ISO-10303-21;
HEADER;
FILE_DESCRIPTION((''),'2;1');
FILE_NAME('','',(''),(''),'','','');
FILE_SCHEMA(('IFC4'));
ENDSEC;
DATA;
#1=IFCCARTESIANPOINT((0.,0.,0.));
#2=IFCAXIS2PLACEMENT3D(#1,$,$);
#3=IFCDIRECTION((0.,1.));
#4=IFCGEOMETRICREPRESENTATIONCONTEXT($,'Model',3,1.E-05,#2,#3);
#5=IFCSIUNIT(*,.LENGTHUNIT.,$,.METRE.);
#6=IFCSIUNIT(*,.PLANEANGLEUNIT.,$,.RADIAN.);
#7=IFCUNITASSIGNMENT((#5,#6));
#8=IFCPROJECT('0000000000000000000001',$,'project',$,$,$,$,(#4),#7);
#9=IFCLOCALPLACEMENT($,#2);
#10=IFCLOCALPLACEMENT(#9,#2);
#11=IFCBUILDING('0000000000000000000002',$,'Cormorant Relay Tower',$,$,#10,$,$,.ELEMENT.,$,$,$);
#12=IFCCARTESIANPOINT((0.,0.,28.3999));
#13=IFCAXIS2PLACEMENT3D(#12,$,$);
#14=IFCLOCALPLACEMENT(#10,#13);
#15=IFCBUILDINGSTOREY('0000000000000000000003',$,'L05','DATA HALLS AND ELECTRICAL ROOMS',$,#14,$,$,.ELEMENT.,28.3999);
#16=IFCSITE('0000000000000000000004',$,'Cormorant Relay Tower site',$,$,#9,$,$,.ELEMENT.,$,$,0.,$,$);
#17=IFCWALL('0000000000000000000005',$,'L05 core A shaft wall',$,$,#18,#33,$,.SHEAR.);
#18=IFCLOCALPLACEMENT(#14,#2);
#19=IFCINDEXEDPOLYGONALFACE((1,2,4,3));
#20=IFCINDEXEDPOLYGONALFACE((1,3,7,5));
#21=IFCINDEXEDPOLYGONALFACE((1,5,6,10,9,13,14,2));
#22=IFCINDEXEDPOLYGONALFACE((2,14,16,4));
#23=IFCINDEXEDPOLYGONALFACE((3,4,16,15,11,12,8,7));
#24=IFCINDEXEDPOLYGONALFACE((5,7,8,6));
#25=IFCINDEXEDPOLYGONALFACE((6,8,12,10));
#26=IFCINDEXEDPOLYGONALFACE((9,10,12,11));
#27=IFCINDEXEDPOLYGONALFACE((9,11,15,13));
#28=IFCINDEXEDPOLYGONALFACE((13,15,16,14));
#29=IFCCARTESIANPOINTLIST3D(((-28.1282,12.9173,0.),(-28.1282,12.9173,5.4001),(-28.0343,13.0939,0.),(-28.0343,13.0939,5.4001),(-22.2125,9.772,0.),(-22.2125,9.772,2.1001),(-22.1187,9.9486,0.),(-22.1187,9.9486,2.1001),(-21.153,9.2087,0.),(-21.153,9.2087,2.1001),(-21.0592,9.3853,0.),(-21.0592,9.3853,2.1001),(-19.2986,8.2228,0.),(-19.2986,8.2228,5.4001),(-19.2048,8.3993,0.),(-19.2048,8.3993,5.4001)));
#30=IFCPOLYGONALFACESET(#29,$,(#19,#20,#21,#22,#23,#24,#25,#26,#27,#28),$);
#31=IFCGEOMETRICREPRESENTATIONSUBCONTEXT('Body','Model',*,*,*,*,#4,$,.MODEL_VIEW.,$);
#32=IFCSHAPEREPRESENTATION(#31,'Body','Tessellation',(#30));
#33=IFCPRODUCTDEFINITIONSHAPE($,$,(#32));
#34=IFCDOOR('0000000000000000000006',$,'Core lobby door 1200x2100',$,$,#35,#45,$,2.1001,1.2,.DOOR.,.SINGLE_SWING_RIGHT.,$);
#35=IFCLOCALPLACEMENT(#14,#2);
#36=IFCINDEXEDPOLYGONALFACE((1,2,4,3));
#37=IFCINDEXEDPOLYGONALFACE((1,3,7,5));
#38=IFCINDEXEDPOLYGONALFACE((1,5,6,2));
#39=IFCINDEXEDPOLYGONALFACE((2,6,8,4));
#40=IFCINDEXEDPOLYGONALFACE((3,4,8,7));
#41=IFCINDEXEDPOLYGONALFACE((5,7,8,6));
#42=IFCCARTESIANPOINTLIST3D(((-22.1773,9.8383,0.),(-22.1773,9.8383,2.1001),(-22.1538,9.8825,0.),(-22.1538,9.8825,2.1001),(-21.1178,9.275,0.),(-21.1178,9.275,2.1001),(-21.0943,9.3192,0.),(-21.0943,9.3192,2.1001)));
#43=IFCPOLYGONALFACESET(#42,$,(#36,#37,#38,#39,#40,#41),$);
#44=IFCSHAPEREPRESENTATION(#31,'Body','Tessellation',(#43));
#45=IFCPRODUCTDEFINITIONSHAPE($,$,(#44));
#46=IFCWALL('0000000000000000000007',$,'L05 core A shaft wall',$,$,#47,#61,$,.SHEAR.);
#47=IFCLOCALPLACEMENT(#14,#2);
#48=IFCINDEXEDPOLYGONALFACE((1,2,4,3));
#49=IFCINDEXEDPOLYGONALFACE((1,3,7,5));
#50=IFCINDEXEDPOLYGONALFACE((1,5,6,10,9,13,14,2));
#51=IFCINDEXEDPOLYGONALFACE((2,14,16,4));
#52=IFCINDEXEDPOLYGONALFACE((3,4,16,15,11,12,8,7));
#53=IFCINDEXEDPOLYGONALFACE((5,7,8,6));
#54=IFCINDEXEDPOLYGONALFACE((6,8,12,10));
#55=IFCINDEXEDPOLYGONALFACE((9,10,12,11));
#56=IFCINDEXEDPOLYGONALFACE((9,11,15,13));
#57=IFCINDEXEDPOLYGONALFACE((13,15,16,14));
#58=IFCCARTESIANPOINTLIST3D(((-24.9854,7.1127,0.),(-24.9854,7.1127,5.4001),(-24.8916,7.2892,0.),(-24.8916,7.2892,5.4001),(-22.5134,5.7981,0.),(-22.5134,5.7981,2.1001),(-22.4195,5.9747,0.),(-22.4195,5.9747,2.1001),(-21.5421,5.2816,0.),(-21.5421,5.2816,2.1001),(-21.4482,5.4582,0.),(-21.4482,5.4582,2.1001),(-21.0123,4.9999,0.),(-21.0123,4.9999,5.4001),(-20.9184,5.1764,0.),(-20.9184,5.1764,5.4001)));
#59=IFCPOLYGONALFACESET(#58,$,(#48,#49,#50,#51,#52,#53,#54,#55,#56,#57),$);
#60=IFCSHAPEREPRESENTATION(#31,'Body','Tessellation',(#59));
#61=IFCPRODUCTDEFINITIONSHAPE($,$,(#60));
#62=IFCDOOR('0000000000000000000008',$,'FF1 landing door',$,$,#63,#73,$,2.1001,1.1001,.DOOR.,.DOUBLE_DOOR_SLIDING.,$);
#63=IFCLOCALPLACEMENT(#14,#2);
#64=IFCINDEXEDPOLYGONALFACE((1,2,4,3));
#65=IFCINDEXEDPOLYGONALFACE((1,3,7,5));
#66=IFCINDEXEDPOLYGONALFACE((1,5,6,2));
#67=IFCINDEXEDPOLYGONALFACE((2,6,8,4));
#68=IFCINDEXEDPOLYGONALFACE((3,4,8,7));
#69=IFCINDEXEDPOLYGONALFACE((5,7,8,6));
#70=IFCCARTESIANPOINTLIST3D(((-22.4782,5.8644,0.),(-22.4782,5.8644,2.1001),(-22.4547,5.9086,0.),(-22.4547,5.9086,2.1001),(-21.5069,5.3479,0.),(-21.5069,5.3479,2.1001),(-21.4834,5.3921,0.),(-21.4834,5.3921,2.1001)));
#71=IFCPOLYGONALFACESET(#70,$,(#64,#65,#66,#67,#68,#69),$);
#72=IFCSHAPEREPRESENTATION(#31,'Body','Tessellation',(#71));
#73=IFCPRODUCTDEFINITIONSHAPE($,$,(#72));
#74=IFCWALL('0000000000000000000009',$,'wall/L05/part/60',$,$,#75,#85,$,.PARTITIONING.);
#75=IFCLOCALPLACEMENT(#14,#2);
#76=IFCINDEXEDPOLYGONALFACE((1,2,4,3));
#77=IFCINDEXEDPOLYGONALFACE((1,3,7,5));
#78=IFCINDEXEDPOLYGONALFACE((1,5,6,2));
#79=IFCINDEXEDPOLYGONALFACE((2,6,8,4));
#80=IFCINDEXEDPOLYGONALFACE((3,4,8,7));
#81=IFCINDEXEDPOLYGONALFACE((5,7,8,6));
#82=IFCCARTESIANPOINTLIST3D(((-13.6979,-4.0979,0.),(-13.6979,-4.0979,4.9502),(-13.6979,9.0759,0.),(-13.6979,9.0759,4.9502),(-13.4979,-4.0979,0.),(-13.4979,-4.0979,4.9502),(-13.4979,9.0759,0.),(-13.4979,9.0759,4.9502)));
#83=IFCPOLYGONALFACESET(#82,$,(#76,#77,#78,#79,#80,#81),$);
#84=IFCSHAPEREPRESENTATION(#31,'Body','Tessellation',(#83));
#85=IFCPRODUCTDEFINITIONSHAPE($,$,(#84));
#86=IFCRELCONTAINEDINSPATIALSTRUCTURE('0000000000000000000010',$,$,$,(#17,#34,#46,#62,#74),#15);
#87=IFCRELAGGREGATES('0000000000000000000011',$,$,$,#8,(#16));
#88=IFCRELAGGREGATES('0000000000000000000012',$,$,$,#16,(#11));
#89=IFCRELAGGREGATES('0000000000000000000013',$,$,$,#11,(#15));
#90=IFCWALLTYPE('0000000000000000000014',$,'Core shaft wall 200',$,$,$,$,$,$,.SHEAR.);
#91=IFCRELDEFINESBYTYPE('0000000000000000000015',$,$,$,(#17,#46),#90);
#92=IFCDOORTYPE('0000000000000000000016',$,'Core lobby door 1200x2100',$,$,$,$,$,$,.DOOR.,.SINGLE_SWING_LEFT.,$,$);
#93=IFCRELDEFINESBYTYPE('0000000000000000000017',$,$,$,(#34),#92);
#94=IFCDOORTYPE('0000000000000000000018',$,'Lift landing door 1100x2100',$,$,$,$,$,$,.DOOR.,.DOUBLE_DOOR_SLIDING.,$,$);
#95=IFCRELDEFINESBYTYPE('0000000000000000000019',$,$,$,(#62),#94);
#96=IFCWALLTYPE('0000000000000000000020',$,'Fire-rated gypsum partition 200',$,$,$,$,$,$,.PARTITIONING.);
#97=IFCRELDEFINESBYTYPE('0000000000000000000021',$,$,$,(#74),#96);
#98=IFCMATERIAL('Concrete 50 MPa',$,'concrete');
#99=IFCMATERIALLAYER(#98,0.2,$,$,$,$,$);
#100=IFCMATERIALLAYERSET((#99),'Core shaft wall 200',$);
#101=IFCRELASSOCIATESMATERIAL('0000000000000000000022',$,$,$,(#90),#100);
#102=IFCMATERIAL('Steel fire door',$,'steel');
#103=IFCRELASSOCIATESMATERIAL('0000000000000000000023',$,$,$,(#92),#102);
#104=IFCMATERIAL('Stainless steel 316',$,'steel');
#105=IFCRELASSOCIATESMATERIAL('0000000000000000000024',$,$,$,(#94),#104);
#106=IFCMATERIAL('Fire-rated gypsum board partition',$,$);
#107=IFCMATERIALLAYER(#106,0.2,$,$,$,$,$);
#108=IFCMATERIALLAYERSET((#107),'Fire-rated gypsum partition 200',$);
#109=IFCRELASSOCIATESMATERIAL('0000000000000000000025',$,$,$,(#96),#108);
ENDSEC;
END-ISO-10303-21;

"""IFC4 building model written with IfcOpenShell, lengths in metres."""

from ifc_helpers import new_model, si_unit, direction, frame, frame_2d, origin, place, context, subcontext, project, spatial, rectangle, extrude, material, layer, layer_set, type_object, element, fill, save


model = new_model("IFC4")

# Units and contexts
model_context = context("Model", 3, precision=1e-05, world=origin(), true_north=direction((0.0, 1.0)))
body_context = subcontext(model_context, "Body", "Model", "MODEL_VIEW")
ifc_project = project(units=[si_unit("LENGTHUNIT", "METRE"), si_unit("PLANEANGLEUNIT", "RADIAN")], contexts=[model_context])

# Site, building, storey
site_placement = place(None, origin())
site = spatial("IfcSite", under=ifc_project, at=site_placement, Name="Cormorant Relay Tower site", CompositionType="ELEMENT", RefElevation=0.0)
building_placement = place(site_placement, origin())
building = spatial("IfcBuilding", under=site, at=building_placement, Name="Cormorant Relay Tower", CompositionType="ELEMENT")
storey_placement = place(building_placement, frame((0.0, 0.0, 28.3999)))
storey = spatial("IfcBuildingStorey", under=building, at=storey_placement, Name="L05", Description="DATA HALLS AND ELECTRICAL ROOMS", CompositionType="ELEMENT", Elevation=28.3999)

# Walls, openings, doors
ifc_material_1 = material(Name="Concrete 50 MPa", Category="concrete")
ifc_layer_1 = layer(ifc_material_1, 0.2)
ifc_layer_set_1 = layer_set([ifc_layer_1], Name="Core shaft wall 200")
wall_type_1 = type_object("IfcWallType", Name="Core shaft wall 200", PredefinedType="SHEAR", material=ifc_layer_set_1)
wall_1_placement = place(storey_placement, frame((-19.2517, 8.311, 0.0), z_axis=(0.0, 0.0, 1.0), x_axis=(-0.882956, 0.469456, 0.0)))
wall_1 = element("IfcWall", 1, at=wall_1_placement, inside=storey, type_object=wall_type_1, Name="L05 core A shaft wall", PredefinedType="SHEAR", context=body_context, shape_type="SweptSolid", body=[
    extrude(rectangle(XDim=10.0, YDim=0.2, at=frame_2d((5.0, 0.0))), origin(), (0.0, 0.0, 1.0), 5.4001),
])
opening_1_placement = place(wall_1_placement, frame((2.1001, 0.0, 0.0)))
opening_1 = element("IfcOpeningElement", 2, at=opening_1_placement, cuts=wall_1, PredefinedType="OPENING", context=body_context, shape_type="SweptSolid", body=[
    extrude(rectangle(XDim=1.2, YDim=2.1001, at=frame_2d((0.6001, 1.05))), frame((0.0, 0.1099, 0.0), z_axis=(0.0, -1.0, 0.0), x_axis=(1.0, 0.0, 0.0)), (0.0, 0.0, 1.0), 0.22),
])
ifc_material_2 = material(Name="Steel fire door", Category="steel")
door_type_1 = type_object("IfcDoorType", Name="Core lobby door 1200x2100", OperationType="SINGLE_SWING_LEFT", PredefinedType="DOOR", material=ifc_material_2)
door_1_placement = place(opening_1_placement, origin())
door_1 = element("IfcDoor", 3, at=door_1_placement, inside=storey, type_object=door_type_1, Name="Core lobby door 1200x2100", OperationType="SINGLE_SWING_RIGHT", OverallHeight=2.1001, OverallWidth=1.2, PredefinedType="DOOR", context=body_context, shape_type="SweptSolid", body=[
    extrude(rectangle(XDim=1.2, YDim=2.1001, at=frame_2d((0.6001, 1.05))), frame((0.0, 0.0249, 0.0), z_axis=(0.0, -1.0, 0.0), x_axis=(1.0, 0.0, 0.0)), (0.0, 0.0, 1.0), 0.05),
])
fill(opening_1, door_1)
wall_2_placement = place(storey_placement, frame((-20.9653, 5.0881, 0.0), z_axis=(0.0, 0.0, 1.0), x_axis=(-0.882926, 0.469512, 0.0)))
wall_2 = element("IfcWall", 4, at=wall_2_placement, inside=storey, type_object=wall_type_1, Name="L05 core A shaft wall", PredefinedType="SHEAR", context=body_context, shape_type="SweptSolid", body=[
    extrude(rectangle(XDim=4.5, YDim=0.2, at=frame_2d((2.25, 0.0))), origin(), (0.0, 0.0, 1.0), 5.4001),
])
opening_2_placement = place(wall_2_placement, frame((0.6001, 0.0, 0.0)))
opening_2 = element("IfcOpeningElement", 5, at=opening_2_placement, cuts=wall_2, PredefinedType="OPENING", context=body_context, shape_type="SweptSolid", body=[
    extrude(rectangle(XDim=1.1001, YDim=2.1001, at=frame_2d((0.55, 1.05))), frame((0.0, 0.1099, 0.0), z_axis=(0.0, -1.0, 0.0), x_axis=(1.0, 0.0, 0.0)), (0.0, 0.0, 1.0), 0.22),
])
ifc_material_3 = material(Name="Stainless steel 316", Category="steel")
door_type_2 = type_object("IfcDoorType", Name="Lift landing door 1100x2100", OperationType="DOUBLE_DOOR_SLIDING", PredefinedType="DOOR", material=ifc_material_3)
door_2_placement = place(opening_2_placement, origin())
door_2 = element("IfcDoor", 6, at=door_2_placement, inside=storey, type_object=door_type_2, Name="FF1 landing door", OperationType="DOUBLE_DOOR_SLIDING", OverallHeight=2.1001, OverallWidth=1.1001, PredefinedType="DOOR", context=body_context, shape_type="SweptSolid", body=[
    extrude(rectangle(XDim=1.1001, YDim=2.1001, at=frame_2d((0.55, 1.05))), frame((0.0, 0.0249, 0.0), z_axis=(0.0, -1.0, 0.0), x_axis=(1.0, 0.0, 0.0)), (0.0, 0.0, 1.0), 0.05),
])
fill(opening_2, door_2)

# Wall
ifc_material_4 = material(Name="Fire-rated gypsum board partition")
ifc_layer_2 = layer(ifc_material_4, 0.2)
ifc_layer_set_2 = layer_set([ifc_layer_2], Name="Fire-rated gypsum partition 200")
wall_type_2 = type_object("IfcWallType", Name="Fire-rated gypsum partition 200", PredefinedType="PARTITIONING", material=ifc_layer_set_2)
wall_3_placement = place(storey_placement, frame((-13.5979, 9.0759, 0.0), z_axis=(0.0, 0.0, 1.0), x_axis=(0.0, -1.0, 0.0)))
element("IfcWall", 7, at=wall_3_placement, inside=storey, type_object=wall_type_2, Name="wall/L05/part/60", PredefinedType="PARTITIONING", context=body_context, shape_type="SweptSolid", body=[
    extrude(rectangle(XDim=13.1738, YDim=0.2, at=frame_2d((6.5869, 0.0))), origin(), (0.0, 0.0, 1.0), 4.9502),
])

save(model, "model.ifc")
